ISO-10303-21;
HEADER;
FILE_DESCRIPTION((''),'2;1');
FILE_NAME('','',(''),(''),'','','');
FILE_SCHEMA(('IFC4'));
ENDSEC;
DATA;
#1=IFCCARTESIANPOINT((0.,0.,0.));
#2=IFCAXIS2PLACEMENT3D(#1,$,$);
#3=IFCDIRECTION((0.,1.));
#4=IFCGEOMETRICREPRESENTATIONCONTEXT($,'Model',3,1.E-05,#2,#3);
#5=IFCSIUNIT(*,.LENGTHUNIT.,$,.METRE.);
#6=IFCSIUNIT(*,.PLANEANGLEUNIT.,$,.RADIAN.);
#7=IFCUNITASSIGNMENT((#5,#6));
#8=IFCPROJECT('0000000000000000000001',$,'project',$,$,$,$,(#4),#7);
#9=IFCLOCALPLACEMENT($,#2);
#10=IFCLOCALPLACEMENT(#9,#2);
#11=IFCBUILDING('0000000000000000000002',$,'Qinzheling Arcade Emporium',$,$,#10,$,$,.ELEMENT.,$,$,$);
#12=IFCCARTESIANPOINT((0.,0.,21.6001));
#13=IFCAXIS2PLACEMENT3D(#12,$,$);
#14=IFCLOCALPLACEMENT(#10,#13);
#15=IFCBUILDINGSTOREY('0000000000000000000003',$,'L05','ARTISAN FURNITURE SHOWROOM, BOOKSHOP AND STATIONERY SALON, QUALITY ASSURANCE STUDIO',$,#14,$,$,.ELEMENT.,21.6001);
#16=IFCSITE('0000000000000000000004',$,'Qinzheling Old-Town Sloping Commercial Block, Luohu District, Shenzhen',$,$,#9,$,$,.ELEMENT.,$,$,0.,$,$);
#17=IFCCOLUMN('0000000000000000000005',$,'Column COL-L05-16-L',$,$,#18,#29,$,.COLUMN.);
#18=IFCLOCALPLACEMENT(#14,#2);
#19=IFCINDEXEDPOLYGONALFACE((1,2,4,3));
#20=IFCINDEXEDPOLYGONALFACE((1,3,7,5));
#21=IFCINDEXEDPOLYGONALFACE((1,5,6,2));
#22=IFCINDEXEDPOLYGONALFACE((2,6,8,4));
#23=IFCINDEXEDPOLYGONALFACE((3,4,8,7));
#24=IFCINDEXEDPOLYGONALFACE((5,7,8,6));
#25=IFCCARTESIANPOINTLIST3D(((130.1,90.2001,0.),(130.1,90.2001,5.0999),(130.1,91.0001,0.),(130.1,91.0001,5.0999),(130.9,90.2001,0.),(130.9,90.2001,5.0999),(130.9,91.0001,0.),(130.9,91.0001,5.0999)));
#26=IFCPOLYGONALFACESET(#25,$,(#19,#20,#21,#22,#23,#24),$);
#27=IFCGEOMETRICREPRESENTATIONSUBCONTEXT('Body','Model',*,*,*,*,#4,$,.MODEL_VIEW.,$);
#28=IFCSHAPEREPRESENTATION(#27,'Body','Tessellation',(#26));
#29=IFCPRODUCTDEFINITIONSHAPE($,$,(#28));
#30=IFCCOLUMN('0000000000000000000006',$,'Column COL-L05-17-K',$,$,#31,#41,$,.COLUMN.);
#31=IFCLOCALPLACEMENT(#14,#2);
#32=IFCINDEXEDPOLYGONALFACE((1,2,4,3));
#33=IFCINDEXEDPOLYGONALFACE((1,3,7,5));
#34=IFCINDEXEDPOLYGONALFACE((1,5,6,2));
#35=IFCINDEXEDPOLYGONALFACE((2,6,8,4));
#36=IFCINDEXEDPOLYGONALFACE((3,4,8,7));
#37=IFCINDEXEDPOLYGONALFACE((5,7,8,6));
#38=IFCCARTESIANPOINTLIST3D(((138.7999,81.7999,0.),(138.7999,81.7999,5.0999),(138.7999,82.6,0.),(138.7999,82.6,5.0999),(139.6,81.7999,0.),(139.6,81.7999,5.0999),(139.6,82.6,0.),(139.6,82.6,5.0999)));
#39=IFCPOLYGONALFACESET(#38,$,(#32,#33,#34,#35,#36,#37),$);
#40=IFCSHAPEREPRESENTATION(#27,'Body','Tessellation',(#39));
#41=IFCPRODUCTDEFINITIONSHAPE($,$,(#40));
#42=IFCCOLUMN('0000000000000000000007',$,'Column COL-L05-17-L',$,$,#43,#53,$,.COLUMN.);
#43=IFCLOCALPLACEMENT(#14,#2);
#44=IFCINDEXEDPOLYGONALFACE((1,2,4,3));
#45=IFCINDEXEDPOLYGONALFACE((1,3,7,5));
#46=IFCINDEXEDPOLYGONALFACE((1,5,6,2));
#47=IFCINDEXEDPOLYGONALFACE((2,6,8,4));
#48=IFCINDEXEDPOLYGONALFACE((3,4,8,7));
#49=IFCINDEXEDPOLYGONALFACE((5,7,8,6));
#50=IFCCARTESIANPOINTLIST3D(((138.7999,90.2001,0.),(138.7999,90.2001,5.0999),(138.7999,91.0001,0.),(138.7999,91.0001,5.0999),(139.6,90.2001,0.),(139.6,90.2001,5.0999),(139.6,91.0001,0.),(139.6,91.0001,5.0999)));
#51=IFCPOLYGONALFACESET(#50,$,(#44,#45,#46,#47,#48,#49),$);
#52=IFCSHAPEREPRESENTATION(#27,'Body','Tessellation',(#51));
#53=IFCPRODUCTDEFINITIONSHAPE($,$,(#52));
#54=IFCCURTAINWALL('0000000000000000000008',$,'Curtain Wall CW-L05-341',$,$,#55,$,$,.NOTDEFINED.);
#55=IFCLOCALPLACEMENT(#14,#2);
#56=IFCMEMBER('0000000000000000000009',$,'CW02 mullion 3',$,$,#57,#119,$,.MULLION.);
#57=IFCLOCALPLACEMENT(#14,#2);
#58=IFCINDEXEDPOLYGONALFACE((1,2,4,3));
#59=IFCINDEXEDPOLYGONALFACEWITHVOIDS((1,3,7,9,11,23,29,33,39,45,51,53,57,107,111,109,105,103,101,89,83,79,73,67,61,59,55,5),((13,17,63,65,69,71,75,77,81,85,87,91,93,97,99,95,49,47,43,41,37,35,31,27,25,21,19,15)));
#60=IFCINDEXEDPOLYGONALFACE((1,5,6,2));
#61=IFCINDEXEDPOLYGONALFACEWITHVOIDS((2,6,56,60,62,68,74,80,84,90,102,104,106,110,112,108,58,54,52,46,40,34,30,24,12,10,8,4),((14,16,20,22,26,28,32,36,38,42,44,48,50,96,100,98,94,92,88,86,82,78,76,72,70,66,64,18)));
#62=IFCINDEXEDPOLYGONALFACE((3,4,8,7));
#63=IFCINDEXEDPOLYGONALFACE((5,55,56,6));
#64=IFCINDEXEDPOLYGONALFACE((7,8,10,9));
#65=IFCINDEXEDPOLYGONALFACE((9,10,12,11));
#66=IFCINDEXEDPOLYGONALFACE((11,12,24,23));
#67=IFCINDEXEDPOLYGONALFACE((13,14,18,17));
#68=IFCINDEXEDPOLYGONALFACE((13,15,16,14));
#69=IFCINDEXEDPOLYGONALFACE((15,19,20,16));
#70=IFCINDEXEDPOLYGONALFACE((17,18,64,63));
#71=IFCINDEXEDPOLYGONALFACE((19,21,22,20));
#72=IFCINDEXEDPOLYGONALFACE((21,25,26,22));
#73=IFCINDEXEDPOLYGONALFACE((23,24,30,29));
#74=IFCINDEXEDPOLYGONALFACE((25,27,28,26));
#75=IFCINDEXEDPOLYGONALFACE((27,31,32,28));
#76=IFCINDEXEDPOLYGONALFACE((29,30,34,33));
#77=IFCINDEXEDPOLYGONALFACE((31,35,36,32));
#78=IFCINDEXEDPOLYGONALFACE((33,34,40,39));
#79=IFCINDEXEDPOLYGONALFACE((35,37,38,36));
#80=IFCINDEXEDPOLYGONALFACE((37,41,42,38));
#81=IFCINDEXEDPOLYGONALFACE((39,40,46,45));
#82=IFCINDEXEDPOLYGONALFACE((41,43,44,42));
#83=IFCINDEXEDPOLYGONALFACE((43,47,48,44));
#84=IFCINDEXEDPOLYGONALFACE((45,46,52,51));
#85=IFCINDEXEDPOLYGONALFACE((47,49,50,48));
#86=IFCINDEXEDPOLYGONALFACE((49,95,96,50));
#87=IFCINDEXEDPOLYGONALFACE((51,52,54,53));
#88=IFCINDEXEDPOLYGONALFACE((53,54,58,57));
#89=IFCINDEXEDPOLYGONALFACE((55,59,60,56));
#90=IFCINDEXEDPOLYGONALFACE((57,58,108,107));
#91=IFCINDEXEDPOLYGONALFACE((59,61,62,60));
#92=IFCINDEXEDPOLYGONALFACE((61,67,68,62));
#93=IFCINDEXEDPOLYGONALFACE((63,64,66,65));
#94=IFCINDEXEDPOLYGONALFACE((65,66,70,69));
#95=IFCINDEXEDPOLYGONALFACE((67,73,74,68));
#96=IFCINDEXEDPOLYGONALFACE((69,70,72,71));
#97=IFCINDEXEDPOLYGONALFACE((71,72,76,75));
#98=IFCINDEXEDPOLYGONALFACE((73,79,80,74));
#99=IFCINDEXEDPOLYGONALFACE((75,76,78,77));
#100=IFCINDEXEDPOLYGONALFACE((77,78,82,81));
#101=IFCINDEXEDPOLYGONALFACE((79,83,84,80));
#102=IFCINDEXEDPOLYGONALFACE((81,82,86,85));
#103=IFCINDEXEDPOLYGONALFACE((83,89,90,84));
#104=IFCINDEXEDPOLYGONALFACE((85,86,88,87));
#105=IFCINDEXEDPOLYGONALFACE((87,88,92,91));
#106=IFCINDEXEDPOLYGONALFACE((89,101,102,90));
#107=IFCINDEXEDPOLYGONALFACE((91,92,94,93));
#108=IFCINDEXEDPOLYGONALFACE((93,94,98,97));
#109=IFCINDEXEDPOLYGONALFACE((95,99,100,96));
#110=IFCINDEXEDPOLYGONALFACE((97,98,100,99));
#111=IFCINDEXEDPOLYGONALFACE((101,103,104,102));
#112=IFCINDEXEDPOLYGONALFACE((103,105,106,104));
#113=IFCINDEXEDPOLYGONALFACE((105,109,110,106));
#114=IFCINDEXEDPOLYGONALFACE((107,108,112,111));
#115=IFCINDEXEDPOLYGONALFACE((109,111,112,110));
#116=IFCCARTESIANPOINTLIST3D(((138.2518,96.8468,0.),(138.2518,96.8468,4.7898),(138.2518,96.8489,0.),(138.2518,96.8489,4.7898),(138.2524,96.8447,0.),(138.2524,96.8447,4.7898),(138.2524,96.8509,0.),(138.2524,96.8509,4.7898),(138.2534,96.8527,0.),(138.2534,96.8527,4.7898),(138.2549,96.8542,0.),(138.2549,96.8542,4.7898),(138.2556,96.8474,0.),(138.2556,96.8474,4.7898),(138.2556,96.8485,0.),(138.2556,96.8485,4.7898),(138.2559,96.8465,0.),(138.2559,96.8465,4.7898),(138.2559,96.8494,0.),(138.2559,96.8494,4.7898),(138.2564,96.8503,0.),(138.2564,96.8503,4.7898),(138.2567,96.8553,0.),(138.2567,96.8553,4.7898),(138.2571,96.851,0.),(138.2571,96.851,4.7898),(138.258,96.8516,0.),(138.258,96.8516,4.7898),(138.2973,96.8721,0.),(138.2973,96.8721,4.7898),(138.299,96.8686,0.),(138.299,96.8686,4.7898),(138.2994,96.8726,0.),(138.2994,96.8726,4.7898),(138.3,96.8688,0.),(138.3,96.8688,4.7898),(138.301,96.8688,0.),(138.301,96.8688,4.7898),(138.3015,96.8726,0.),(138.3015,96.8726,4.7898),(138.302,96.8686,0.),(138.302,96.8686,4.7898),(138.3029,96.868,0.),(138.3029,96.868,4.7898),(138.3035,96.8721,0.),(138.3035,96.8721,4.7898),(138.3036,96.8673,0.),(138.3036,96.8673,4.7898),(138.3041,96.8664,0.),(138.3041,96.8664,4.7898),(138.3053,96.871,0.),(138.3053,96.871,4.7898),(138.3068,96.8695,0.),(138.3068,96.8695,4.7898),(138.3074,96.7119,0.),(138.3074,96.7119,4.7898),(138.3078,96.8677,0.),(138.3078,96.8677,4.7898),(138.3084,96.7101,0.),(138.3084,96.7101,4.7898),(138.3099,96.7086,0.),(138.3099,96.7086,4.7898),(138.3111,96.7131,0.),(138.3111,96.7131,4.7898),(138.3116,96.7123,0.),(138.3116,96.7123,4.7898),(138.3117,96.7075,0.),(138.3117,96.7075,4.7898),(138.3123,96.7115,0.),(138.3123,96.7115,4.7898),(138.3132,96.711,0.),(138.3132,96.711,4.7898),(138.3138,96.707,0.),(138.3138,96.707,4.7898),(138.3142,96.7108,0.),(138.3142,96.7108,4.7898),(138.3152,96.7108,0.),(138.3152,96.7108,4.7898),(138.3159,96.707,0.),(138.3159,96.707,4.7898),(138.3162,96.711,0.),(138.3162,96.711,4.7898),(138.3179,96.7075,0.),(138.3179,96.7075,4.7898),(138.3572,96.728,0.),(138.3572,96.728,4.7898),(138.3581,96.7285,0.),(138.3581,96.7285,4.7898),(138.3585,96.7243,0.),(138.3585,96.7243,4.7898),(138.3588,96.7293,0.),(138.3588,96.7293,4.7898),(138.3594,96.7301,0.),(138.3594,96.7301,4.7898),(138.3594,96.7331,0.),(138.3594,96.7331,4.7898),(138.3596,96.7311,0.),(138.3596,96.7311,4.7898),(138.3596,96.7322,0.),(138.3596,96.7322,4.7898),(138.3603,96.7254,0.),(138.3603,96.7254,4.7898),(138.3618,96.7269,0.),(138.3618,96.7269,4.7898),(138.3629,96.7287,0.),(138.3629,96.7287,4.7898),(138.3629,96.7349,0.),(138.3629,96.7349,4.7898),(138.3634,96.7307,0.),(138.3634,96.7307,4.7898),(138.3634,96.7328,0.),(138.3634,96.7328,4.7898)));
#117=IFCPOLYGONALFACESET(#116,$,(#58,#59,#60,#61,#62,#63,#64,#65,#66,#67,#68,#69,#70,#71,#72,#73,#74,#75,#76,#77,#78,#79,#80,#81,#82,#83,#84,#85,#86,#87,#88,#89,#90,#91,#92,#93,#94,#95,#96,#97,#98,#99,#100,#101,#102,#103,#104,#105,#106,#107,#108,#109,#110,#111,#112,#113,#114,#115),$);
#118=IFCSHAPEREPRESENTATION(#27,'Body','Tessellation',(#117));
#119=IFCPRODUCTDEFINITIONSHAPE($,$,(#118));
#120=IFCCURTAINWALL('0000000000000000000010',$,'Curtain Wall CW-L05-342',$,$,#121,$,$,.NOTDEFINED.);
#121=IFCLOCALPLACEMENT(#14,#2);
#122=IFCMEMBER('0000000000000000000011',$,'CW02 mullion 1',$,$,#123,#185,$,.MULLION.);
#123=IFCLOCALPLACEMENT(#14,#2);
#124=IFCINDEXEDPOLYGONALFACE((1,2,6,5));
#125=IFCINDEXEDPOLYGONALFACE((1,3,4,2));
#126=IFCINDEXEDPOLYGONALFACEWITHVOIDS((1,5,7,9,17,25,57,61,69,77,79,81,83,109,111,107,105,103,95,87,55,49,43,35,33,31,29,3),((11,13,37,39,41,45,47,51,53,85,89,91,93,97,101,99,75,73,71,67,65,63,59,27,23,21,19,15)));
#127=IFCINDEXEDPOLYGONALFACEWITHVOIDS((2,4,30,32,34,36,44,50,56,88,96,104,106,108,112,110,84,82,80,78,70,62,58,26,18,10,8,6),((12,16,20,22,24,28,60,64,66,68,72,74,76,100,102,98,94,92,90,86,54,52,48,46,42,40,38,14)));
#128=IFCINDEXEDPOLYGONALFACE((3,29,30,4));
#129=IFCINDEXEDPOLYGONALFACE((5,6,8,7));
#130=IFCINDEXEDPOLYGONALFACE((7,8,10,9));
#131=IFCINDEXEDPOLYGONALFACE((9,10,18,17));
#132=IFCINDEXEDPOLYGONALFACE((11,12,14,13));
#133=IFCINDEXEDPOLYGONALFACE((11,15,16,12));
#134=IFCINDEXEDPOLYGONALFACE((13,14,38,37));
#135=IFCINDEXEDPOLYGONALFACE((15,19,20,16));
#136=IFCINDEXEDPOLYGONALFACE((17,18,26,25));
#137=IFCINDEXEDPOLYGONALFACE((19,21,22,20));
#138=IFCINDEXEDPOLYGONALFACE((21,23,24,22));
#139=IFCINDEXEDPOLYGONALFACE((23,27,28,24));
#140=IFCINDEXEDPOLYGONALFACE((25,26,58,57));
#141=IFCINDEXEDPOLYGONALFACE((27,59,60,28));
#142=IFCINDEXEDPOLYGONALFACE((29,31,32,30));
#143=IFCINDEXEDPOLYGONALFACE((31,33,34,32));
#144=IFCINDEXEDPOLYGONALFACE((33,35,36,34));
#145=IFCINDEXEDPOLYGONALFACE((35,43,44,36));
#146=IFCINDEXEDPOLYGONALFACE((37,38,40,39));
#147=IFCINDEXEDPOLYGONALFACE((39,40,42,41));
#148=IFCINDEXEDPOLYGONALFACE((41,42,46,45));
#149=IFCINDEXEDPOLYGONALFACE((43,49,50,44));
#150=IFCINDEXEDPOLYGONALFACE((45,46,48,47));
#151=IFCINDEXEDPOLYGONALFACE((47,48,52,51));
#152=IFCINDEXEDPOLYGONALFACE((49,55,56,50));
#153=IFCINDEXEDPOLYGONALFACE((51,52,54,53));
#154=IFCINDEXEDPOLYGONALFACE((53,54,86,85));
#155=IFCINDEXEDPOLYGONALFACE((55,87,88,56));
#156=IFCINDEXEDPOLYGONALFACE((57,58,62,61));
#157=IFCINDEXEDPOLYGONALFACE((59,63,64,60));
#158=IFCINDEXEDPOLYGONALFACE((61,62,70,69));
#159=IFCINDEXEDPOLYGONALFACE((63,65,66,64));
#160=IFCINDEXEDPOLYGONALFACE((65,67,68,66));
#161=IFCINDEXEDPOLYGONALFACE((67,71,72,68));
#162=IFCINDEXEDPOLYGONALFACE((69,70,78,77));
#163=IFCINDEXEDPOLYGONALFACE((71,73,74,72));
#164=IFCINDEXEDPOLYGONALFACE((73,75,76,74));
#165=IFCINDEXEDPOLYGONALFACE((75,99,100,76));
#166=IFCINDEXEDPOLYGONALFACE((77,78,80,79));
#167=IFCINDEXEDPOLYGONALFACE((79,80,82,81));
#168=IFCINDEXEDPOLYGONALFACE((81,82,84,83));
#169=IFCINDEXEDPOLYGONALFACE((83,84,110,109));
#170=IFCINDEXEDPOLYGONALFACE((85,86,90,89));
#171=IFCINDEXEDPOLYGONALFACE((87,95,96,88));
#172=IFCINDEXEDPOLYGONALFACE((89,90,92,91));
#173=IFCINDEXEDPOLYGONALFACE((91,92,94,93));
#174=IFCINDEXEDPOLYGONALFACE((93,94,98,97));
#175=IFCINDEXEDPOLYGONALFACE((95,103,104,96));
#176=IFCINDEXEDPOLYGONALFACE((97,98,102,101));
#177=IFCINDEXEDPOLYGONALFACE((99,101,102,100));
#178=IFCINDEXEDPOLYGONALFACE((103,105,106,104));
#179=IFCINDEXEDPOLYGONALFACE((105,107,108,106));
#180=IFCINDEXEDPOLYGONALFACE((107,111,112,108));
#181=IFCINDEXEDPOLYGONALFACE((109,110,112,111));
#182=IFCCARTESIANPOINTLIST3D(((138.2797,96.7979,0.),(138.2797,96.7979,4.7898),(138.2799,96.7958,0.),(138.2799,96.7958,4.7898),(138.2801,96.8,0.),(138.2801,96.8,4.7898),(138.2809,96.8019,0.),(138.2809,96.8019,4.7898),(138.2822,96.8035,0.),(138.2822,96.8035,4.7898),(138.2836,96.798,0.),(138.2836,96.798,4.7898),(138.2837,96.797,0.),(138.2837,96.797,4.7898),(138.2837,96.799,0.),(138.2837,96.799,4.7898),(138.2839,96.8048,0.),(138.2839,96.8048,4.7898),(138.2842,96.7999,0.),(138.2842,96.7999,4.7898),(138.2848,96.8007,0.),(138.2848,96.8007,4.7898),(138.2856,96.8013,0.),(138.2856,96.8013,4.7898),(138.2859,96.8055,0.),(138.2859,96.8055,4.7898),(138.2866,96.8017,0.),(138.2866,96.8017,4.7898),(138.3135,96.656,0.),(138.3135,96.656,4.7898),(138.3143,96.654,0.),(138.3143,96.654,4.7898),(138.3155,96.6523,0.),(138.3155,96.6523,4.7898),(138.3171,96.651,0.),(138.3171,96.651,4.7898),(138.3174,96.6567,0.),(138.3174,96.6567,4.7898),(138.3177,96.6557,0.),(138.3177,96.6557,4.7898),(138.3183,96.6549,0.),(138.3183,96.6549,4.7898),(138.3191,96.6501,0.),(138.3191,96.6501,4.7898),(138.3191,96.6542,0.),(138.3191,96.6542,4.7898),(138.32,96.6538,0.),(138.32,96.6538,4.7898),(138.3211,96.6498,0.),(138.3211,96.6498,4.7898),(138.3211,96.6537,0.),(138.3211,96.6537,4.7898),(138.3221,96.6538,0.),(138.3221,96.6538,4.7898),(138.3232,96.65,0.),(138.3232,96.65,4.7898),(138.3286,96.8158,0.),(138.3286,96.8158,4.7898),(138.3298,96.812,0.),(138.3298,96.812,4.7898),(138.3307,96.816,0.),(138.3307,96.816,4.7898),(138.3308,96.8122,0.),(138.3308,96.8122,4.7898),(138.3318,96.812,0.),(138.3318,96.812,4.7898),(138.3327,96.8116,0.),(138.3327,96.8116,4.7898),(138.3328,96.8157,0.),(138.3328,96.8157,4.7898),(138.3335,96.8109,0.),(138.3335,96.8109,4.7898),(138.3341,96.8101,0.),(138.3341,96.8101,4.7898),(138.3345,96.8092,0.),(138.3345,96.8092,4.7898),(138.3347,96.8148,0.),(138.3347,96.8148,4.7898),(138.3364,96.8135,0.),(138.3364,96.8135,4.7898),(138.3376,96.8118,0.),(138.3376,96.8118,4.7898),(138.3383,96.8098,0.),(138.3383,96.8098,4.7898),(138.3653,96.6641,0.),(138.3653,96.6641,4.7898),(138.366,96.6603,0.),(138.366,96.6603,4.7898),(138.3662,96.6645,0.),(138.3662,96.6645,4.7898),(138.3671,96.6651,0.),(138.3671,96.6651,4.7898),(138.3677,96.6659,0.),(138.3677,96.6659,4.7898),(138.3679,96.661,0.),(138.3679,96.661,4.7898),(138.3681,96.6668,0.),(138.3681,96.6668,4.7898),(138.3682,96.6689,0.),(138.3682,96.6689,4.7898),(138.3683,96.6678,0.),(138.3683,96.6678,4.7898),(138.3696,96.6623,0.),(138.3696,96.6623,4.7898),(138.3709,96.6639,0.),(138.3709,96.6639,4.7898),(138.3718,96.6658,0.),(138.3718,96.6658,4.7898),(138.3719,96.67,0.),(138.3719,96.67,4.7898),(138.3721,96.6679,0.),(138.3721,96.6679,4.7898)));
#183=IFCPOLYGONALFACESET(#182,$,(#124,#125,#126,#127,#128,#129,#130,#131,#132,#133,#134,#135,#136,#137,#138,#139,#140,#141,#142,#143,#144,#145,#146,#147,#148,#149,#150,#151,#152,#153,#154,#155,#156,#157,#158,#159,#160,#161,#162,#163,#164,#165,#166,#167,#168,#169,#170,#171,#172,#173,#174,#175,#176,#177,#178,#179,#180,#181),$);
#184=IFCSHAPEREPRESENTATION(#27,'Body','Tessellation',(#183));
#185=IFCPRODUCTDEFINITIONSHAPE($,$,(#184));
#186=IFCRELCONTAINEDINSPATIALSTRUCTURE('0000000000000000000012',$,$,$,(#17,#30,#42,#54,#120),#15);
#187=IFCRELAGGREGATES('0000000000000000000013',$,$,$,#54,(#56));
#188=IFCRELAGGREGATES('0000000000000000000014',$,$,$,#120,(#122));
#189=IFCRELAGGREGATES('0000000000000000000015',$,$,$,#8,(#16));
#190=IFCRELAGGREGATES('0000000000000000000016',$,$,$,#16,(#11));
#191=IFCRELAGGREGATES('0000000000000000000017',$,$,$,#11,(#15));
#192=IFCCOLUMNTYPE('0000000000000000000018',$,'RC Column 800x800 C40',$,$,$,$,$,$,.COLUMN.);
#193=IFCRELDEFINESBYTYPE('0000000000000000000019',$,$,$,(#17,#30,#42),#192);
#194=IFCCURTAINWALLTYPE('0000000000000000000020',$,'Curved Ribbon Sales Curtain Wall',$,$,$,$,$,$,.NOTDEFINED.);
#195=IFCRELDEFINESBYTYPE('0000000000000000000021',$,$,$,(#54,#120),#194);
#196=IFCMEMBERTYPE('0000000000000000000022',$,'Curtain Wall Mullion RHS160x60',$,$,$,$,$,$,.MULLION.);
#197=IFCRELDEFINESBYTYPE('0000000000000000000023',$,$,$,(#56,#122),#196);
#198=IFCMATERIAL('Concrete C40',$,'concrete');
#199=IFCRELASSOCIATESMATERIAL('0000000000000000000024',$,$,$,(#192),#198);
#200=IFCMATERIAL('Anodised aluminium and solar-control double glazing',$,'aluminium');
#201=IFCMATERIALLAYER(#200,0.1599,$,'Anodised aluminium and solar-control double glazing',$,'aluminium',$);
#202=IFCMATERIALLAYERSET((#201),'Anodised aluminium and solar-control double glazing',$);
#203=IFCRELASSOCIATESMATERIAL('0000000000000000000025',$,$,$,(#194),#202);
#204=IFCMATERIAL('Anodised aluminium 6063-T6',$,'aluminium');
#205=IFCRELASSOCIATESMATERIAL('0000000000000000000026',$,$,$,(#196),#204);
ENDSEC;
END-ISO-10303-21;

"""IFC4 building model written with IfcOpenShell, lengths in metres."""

from ifc_helpers import new_model, si_unit, direction, frame, origin, origin_2d, place, context, subcontext, project, spatial, rectangle, hollow_rectangle, extrude, material, layer, layer_set, material_profile, profile_set, type_object, element, aggregate, save


model = new_model("IFC4")

# Units and contexts
model_context = context("Model", 3, precision=1e-05, world=origin(), true_north=direction((0.0, 1.0)))
body_context = subcontext(model_context, "Body", "Model", "MODEL_VIEW")
ifc_project = project(units=[si_unit("LENGTHUNIT", "METRE"), si_unit("PLANEANGLEUNIT", "RADIAN")], contexts=[model_context])

# Site, building, storey
site_placement = place(None, origin())
site = spatial("IfcSite", under=ifc_project, at=site_placement, Name="Qinzheling Old-Town Sloping Commercial Block, Luohu District, Shenzhen", CompositionType="ELEMENT", RefElevation=0.0)
building_placement = place(site_placement, origin())
building = spatial("IfcBuilding", under=site, at=building_placement, Name="Qinzheling Arcade Emporium", CompositionType="ELEMENT")
storey_placement = place(building_placement, frame((0.0, 0.0, 21.6001)))
storey = spatial("IfcBuildingStorey", under=building, at=storey_placement, Name="L05", Description="ARTISAN FURNITURE SHOWROOM, BOOKSHOP AND STATIONERY SALON, QUALITY ASSURANCE STUDIO", CompositionType="ELEMENT", Elevation=21.6001)

# Columns
ifc_material_1 = material(Name="Concrete C40", Category="concrete")
ifc_material_profile_1 = material_profile(ifc_material_1, rectangle(XDim=0.8, YDim=0.8, at=origin_2d()), Name="RC 800x800", Category="concrete")
ifc_profile_set_1 = profile_set([ifc_material_profile_1], Name="Concrete C40")
column_type = type_object("IfcColumnType", Name="RC Column 800x800 C40", PredefinedType="COLUMN", material=ifc_profile_set_1)
for number, where, z_axis, x_axis, name in (
    (1, (130.5, 90.6001, 0.0), (0.0, 0.0, 1.0), (1.0, 0.0, 0.0), "Column COL-L05-16-L"),
    (2, (139.2, 82.2, 0.0), (0.0, 0.0, 1.0), (1.0, 0.0, 0.0), "Column COL-L05-17-K"),
    (3, (139.2, 90.6001, 0.0), (0.0, 0.0, 1.0), (1.0, 0.0, 0.0), "Column COL-L05-17-L"),
):
    element("IfcColumn", number, at=place(storey_placement, frame(where, z_axis=z_axis, x_axis=x_axis)), inside=storey, type_object=column_type, Name=name, PredefinedType="COLUMN", context=body_context, shape_type="SweptSolid", body=[
        extrude(rectangle(XDim=0.8, YDim=0.8, at=origin_2d()), origin(), (0.0, 0.0, 1.0), 5.0999),
    ])

# Curtain wall, member
ifc_material_2 = material(Name="Anodised aluminium and solar-control double glazing", Category="aluminium")
ifc_layer_1 = layer(ifc_material_2, 0.1599, Name="Anodised aluminium and solar-control double glazing", Category="aluminium")
ifc_layer_set_1 = layer_set([ifc_layer_1], Name="Anodised aluminium and solar-control double glazing")
curtain_wall_type = type_object("IfcCurtainWallType", Name="Curved Ribbon Sales Curtain Wall", PredefinedType="NOTDEFINED", material=ifc_layer_set_1)
curtain_wall_1_placement = place(storey_placement, origin())
curtain_wall_1 = element("IfcCurtainWall", 4, at=curtain_wall_1_placement, inside=storey, type_object=curtain_wall_type, Name="Curtain Wall CW-L05-341", PredefinedType="NOTDEFINED")
ifc_material_3 = material(Name="Anodised aluminium 6063-T6", Category="aluminium")
ifc_material_profile_2 = material_profile(ifc_material_3, hollow_rectangle(XDim=0.0601, YDim=0.1599, WallThickness=0.0039, InnerFilletRadius=0.0039, OuterFilletRadius=0.0081, at=origin_2d()), Name="RHS 160x60x4", Category="aluminium")
ifc_profile_set_2 = profile_set([ifc_material_profile_2], Name="Anodised aluminium 6063-T6")
member_type_1 = type_object("IfcMemberType", Name="Curtain Wall Mullion RHS160x60", PredefinedType="MULLION", material=ifc_profile_set_2)
member_1_placement = place(storey_placement, frame((138.3076, 96.7898, 0.0), z_axis=(0.0, 0.0, 1.0), x_axis=(0.923892, 0.382654, 0.0)))
member_1 = element("IfcMember", 5, at=member_1_placement, type_object=member_type_1, Name="CW02 mullion 3", PredefinedType="MULLION", context=body_context, shape_type="SweptSolid", body=[
    extrude(hollow_rectangle(XDim=0.0601, YDim=0.1599, WallThickness=0.0039, InnerFilletRadius=0.0039, OuterFilletRadius=0.0081, at=origin_2d()), origin(), (0.0, 0.0, 1.0), 4.7898),
])

# Curtain wall, member
curtain_wall_2_placement = place(storey_placement, origin())
curtain_wall_2 = element("IfcCurtainWall", 6, at=curtain_wall_2_placement, inside=storey, type_object=curtain_wall_type, Name="Curtain Wall CW-L05-342", PredefinedType="NOTDEFINED")
member_2_placement = place(storey_placement, frame((138.3259, 96.7329, 0.0), z_axis=(0.0, 0.0, 1.0), x_axis=(0.972391, 0.23336, 0.0)))
member_2 = element("IfcMember", 7, at=member_2_placement, type_object=member_type_1, Name="CW02 mullion 1", PredefinedType="MULLION", context=body_context, shape_type="SweptSolid", body=[
    extrude(hollow_rectangle(XDim=0.0601, YDim=0.1599, WallThickness=0.0039, InnerFilletRadius=0.0039, OuterFilletRadius=0.0081, at=origin_2d()), origin(), (0.0, 0.0, 1.0), 4.7898),
])

aggregate(curtain_wall_1, [member_1])
aggregate(curtain_wall_2, [member_2])

save(model, "model.ifc")
